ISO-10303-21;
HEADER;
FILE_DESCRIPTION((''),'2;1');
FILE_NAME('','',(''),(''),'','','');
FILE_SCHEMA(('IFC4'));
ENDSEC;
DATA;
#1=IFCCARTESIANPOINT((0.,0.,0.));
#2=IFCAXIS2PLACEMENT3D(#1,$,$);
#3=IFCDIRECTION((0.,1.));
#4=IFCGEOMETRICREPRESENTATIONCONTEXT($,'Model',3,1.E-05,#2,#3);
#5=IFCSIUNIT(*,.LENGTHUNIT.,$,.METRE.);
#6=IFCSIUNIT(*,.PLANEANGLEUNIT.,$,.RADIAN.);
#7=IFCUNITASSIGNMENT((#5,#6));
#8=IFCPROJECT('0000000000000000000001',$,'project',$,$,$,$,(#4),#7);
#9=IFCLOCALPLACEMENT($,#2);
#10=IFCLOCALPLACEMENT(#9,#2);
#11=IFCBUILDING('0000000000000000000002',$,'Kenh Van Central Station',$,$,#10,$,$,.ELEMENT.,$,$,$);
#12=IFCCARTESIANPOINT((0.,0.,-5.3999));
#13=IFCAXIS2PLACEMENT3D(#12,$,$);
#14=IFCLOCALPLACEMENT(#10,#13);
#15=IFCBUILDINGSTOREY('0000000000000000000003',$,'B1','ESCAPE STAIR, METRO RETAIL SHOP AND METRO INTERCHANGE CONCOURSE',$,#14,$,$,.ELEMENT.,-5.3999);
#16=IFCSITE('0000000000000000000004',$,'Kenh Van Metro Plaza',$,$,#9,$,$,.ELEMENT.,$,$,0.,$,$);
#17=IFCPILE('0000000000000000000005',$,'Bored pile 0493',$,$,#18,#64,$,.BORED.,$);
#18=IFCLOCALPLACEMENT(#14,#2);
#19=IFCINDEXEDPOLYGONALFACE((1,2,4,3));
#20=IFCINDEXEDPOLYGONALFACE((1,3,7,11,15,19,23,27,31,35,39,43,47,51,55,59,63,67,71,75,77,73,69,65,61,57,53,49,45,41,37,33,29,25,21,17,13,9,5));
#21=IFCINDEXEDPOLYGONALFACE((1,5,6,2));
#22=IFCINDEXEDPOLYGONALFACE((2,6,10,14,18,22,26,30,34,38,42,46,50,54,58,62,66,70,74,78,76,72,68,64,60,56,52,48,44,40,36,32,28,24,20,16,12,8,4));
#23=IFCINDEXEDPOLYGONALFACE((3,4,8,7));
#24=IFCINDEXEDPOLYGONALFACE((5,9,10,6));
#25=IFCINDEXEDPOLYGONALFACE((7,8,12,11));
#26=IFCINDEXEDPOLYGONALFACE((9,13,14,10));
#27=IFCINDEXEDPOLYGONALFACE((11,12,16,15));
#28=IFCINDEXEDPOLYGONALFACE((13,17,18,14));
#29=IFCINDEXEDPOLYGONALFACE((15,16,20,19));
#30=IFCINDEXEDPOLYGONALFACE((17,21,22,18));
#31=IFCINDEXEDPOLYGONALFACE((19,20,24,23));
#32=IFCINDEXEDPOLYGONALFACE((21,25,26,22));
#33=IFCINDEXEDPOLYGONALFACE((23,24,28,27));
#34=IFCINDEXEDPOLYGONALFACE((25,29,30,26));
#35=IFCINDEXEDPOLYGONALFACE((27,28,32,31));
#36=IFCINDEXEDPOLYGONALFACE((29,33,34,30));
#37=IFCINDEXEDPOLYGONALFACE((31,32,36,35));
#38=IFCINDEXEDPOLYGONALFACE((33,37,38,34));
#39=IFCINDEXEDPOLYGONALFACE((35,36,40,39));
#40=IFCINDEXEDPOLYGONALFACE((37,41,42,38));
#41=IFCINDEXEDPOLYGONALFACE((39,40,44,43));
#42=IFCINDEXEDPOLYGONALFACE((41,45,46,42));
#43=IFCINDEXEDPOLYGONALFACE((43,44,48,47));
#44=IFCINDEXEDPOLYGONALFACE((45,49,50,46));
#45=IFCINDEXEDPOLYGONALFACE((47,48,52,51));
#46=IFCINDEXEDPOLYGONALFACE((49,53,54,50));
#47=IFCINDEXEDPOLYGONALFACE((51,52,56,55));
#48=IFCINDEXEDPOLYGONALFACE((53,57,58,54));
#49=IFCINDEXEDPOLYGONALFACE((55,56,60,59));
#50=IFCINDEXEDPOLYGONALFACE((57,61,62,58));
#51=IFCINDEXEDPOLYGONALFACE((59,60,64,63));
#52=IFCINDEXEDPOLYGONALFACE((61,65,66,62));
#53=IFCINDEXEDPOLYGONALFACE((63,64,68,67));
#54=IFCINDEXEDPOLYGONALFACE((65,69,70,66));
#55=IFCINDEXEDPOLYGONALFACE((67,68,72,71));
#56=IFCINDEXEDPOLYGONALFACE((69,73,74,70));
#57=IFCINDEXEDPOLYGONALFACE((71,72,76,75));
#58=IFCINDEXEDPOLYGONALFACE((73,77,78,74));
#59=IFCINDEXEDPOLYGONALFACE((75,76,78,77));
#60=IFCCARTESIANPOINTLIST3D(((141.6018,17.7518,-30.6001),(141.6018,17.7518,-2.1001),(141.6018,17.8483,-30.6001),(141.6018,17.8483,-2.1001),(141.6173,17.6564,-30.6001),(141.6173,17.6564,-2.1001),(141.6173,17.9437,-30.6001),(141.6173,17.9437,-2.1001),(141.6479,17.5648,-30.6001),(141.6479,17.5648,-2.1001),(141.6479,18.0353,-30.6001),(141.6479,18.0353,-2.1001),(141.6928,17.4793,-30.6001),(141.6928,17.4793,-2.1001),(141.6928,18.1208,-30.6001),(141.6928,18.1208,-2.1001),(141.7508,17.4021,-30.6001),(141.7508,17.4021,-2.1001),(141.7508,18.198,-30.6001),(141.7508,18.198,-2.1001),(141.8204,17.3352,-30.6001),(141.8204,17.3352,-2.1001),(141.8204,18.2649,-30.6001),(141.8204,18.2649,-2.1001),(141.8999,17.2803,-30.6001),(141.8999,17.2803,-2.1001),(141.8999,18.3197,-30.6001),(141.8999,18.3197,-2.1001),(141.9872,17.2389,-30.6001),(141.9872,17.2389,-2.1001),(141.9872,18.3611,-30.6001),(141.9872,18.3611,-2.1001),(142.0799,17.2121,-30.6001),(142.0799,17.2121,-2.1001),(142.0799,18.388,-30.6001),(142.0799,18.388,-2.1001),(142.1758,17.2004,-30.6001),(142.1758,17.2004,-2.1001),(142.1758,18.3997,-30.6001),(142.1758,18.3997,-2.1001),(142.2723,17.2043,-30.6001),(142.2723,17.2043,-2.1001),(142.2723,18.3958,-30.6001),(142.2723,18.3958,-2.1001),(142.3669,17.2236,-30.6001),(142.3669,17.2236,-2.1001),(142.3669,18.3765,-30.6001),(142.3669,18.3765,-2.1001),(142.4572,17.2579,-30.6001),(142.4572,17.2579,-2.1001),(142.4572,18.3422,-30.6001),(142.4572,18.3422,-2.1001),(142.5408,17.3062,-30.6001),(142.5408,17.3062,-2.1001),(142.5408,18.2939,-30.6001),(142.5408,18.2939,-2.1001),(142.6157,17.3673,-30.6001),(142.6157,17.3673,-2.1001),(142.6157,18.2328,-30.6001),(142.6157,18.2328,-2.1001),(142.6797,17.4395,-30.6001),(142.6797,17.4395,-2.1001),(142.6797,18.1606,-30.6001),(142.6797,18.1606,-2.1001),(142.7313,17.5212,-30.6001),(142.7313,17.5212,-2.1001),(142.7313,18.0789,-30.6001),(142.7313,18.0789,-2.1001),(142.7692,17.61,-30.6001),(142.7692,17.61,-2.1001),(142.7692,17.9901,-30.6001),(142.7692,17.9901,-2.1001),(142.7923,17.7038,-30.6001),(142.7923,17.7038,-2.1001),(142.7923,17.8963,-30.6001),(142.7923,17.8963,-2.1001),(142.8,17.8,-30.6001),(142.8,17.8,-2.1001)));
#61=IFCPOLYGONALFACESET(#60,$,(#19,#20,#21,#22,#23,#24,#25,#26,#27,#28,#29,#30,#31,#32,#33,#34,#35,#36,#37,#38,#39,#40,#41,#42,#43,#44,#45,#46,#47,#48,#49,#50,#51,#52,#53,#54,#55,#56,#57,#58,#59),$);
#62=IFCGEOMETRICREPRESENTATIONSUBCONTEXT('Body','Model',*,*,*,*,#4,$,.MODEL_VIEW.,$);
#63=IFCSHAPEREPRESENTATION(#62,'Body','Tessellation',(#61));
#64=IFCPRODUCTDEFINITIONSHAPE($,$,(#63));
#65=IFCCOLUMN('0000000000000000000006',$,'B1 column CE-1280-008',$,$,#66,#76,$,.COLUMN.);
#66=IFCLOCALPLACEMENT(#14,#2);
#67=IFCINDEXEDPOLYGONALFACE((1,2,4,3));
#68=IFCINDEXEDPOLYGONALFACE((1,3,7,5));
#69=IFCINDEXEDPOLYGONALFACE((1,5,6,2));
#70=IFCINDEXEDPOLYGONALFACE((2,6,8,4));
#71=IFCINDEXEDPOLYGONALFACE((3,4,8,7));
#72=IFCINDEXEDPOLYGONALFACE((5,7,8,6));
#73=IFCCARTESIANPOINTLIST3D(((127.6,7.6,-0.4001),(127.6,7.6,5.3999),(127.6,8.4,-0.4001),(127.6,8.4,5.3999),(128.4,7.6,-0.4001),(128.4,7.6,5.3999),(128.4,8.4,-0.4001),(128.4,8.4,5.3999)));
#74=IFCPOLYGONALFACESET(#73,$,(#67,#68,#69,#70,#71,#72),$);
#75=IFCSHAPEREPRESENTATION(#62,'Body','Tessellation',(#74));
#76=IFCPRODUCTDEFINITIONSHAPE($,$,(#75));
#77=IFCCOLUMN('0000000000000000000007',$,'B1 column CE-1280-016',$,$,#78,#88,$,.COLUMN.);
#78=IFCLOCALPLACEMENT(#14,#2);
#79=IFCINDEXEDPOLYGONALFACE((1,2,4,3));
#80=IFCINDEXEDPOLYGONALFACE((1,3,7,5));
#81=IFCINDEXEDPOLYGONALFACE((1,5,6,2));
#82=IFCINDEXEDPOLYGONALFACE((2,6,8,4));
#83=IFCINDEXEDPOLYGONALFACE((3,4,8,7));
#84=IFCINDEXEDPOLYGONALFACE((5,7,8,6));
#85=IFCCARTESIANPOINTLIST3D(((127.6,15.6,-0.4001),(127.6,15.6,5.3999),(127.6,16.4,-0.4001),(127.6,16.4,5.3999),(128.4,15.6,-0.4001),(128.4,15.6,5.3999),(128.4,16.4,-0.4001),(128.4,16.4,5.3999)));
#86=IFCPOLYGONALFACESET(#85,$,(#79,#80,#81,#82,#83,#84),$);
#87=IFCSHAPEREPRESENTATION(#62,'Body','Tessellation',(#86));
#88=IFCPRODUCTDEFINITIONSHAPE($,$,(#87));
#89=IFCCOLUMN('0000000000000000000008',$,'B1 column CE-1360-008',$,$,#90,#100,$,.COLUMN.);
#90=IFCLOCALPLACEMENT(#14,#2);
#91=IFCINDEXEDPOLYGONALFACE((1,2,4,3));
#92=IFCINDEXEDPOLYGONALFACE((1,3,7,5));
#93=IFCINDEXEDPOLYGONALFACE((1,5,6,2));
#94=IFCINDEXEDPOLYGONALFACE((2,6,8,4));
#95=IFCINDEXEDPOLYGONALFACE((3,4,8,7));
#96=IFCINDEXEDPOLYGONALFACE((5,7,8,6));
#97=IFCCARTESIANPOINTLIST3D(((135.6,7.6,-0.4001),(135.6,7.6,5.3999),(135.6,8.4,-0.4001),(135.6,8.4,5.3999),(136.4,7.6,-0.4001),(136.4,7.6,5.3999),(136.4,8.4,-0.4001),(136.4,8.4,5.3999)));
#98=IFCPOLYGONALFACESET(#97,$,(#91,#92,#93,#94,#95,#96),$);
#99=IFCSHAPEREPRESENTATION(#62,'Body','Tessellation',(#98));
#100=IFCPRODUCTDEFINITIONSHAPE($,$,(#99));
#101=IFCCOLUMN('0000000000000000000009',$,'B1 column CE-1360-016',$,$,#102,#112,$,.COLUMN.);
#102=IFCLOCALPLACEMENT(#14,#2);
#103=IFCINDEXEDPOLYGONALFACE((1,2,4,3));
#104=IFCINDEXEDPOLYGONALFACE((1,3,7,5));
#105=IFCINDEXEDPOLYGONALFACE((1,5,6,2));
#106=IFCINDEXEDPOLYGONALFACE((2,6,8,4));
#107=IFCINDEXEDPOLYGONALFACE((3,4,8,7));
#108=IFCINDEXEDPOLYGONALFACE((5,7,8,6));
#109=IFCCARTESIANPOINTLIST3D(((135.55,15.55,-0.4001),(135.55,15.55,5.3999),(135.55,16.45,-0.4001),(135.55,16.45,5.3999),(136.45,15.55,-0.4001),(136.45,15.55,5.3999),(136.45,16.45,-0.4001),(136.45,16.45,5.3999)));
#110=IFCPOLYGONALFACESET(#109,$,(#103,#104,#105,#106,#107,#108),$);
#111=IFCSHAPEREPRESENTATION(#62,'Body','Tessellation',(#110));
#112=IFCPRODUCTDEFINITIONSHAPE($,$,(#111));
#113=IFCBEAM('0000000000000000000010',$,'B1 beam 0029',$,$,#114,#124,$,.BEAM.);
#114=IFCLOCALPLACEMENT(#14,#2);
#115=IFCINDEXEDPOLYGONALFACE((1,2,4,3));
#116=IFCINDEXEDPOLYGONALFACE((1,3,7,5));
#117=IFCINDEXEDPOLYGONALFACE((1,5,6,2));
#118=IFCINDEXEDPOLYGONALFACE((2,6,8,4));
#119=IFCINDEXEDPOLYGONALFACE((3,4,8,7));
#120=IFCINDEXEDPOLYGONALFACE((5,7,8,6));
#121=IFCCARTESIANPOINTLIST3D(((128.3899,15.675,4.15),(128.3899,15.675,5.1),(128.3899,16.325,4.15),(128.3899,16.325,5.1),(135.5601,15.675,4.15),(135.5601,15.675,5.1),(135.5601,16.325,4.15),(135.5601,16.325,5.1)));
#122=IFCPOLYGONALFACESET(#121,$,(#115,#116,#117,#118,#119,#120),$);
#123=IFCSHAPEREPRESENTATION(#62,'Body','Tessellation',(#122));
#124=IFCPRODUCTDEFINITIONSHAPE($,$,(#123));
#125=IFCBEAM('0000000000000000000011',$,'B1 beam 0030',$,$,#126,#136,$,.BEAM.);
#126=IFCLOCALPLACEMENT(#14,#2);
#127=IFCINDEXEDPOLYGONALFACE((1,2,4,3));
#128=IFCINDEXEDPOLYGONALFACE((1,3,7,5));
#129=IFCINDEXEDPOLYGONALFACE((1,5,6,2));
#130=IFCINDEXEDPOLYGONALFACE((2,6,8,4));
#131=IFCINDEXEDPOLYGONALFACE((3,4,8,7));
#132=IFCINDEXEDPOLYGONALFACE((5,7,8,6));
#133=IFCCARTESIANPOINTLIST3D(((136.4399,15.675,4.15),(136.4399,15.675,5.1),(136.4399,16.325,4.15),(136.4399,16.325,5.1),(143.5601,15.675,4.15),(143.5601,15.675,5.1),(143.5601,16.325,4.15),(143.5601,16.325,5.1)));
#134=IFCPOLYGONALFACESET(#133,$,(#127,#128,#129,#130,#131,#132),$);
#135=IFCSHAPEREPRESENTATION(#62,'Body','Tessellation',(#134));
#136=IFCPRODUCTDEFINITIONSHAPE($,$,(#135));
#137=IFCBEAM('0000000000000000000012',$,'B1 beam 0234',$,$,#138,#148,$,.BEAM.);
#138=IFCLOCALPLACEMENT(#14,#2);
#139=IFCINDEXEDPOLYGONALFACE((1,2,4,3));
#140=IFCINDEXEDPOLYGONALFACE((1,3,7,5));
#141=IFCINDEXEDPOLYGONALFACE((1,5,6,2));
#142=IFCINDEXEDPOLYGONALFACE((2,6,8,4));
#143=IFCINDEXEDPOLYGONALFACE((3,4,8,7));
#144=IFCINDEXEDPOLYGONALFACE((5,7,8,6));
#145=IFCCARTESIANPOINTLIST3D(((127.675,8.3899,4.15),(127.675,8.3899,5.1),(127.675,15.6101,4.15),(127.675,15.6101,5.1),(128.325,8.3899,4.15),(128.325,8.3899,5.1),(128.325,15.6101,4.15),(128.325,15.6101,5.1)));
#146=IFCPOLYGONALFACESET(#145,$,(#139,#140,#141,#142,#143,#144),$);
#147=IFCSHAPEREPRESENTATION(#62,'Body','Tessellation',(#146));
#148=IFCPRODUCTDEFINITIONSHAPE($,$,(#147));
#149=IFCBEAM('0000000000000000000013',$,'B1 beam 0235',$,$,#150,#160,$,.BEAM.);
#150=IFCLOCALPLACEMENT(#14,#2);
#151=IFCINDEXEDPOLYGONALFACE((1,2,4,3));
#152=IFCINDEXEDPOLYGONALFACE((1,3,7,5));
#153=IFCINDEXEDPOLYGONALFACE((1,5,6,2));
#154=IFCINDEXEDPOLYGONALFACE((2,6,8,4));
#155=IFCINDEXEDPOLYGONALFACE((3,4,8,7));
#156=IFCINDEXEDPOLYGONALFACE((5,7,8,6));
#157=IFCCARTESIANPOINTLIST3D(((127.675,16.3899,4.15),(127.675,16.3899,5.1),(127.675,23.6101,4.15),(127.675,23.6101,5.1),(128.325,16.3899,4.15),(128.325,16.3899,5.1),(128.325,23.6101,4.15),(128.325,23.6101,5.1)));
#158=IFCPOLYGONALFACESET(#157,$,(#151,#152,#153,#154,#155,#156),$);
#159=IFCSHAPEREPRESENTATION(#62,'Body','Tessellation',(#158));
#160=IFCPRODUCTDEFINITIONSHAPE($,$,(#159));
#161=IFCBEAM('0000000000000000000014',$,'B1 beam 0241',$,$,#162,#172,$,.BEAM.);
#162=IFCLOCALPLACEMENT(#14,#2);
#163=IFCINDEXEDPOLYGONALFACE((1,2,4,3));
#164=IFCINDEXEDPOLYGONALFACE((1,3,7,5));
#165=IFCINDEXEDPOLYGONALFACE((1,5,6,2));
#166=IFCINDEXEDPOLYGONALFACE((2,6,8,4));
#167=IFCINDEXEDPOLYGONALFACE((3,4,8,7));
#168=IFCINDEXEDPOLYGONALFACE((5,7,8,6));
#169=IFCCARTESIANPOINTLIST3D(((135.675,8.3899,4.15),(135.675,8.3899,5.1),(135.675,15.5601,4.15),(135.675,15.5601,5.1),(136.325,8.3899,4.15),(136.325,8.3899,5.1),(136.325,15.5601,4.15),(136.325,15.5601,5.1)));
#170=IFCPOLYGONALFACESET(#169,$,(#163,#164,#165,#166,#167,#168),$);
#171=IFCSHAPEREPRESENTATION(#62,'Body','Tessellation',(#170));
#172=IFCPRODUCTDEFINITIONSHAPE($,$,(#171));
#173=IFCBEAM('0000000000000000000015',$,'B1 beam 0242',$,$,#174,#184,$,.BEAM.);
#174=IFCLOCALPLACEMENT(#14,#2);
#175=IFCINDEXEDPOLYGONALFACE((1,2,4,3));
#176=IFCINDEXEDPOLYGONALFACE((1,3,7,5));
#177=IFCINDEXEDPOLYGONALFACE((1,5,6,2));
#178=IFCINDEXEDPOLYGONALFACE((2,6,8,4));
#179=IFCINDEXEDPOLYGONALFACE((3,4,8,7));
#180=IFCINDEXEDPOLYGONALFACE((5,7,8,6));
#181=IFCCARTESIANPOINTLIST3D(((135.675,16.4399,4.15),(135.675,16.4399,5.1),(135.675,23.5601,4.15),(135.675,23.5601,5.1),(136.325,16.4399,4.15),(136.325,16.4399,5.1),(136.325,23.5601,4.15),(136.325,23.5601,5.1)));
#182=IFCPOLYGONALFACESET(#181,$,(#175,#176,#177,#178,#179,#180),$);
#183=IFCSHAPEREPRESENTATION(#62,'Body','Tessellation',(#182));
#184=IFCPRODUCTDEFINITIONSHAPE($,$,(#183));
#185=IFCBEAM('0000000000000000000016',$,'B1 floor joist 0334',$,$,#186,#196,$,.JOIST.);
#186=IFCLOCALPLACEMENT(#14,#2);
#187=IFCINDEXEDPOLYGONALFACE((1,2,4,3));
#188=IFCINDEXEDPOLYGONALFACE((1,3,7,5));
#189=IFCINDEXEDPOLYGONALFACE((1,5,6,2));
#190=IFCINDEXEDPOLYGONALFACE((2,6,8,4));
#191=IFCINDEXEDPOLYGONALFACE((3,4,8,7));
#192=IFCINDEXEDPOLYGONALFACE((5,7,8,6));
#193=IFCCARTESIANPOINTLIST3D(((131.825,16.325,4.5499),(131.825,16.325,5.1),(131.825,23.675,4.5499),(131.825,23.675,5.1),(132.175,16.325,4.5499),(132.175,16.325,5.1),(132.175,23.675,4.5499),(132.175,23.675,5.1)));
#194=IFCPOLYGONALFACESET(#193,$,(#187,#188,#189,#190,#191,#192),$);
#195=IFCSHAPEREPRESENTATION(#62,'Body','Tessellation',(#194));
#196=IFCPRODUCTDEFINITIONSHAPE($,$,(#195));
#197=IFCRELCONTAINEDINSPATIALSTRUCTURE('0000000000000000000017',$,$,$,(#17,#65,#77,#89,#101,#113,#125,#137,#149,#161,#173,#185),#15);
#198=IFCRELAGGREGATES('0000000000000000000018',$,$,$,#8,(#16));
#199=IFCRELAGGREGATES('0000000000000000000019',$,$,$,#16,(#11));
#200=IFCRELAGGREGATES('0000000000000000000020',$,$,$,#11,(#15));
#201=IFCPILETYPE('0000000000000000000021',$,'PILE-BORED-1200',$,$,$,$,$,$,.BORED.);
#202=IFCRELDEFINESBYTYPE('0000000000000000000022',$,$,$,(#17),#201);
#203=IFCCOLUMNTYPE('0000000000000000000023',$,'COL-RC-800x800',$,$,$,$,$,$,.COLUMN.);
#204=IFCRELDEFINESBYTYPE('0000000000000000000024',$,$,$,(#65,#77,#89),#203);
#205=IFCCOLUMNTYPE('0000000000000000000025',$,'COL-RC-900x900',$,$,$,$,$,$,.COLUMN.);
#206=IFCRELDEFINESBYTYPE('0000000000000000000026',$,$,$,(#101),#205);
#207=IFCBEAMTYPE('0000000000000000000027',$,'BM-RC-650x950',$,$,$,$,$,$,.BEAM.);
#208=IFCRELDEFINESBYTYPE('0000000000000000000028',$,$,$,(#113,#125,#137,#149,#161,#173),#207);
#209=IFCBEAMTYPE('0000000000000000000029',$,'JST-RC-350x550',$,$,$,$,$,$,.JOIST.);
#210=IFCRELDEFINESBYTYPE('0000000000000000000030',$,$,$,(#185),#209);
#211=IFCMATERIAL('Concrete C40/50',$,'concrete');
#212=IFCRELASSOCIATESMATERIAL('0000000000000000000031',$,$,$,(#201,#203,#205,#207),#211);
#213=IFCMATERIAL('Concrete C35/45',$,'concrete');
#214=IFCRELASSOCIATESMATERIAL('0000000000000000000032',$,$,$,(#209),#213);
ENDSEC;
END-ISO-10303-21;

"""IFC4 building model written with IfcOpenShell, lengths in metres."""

from ifc_helpers import new_model, si_unit, direction, frame, origin, origin_2d, place, context, subcontext, project, spatial, rectangle, circle, extrude, material, material_profile, profile_set, type_object, element, save


model = new_model("IFC4")

# Units and contexts
model_context = context("Model", 3, precision=1e-05, world=origin(), true_north=direction((0.0, 1.0)))
body_context = subcontext(model_context, "Body", "Model", "MODEL_VIEW")
ifc_project = project(units=[si_unit("LENGTHUNIT", "METRE"), si_unit("PLANEANGLEUNIT", "RADIAN")], contexts=[model_context])

# Site, building, storey
site_placement = place(None, origin())
site = spatial("IfcSite", under=ifc_project, at=site_placement, Name="Kenh Van Metro Plaza", CompositionType="ELEMENT", RefElevation=0.0)
building_placement = place(site_placement, origin())
building = spatial("IfcBuilding", under=site, at=building_placement, Name="Kenh Van Central Station", CompositionType="ELEMENT")
storey_placement = place(building_placement, frame((0.0, 0.0, -5.3999)))
storey = spatial("IfcBuildingStorey", under=building, at=storey_placement, Name="B1", Description="ESCAPE STAIR, METRO RETAIL SHOP AND METRO INTERCHANGE CONCOURSE", CompositionType="ELEMENT", Elevation=-5.3999)

# Shared definitions
ifc_material_1 = material(Name="Concrete C40/50", Category="concrete")

# Pile
ifc_material_profile_1 = material_profile(ifc_material_1, circle(Radius=0.6001, at=origin_2d()), Name="PILE D1200")
ifc_profile_set_1 = profile_set([ifc_material_profile_1], Name="Concrete C40/50")
pile_type_1 = type_object("IfcPileType", Name="PILE-BORED-1200", PredefinedType="BORED", material=ifc_profile_set_1)
for number, where, z_axis, x_axis, name in (
    (1, (142.2, 17.8, -2.1001), (0.0, 0.0, -1.0), (1.0, 0.0, 0.0), "Bored pile 0493"),
):
    element("IfcPile", number, at=place(storey_placement, frame(where, z_axis=z_axis, x_axis=x_axis)), inside=storey, type_object=pile_type_1, Name=name, PredefinedType="BORED", context=body_context, shape_type="SweptSolid", body=[
        extrude(circle(Radius=0.6001, at=origin_2d()), origin(), (0.0, 0.0, 1.0), 28.5),
    ])

# Columns
ifc_material_profile_2 = material_profile(ifc_material_1, rectangle(XDim=0.8, YDim=0.8, at=origin_2d()), Name="RC 800x800")
ifc_profile_set_2 = profile_set([ifc_material_profile_2], Name="Concrete C40/50")
column_type_1 = type_object("IfcColumnType", Name="COL-RC-800x800", PredefinedType="COLUMN", material=ifc_profile_set_2)
for number, where, z_axis, x_axis, name in (
    (2, (128.0, 8.0, -0.4001), (0.0, 0.0, 1.0), (1.0, 0.0, 0.0), "B1 column CE-1280-008"),
    (3, (128.0, 16.0, -0.4001), (0.0, 0.0, 1.0), (1.0, 0.0, 0.0), "B1 column CE-1280-016"),
    (4, (136.0, 8.0, -0.4001), (0.0, 0.0, 1.0), (1.0, 0.0, 0.0), "B1 column CE-1360-008"),
):
    element("IfcColumn", number, at=place(storey_placement, frame(where, z_axis=z_axis, x_axis=x_axis)), inside=storey, type_object=column_type_1, Name=name, PredefinedType="COLUMN", context=body_context, shape_type="SweptSolid", body=[
        extrude(rectangle(XDim=0.8, YDim=0.8, at=origin_2d()), origin(), (0.0, 0.0, 1.0), 5.8),
    ])
ifc_material_profile_3 = material_profile(ifc_material_1, rectangle(XDim=0.8999, YDim=0.8999, at=origin_2d()), Name="RC 900x900")
ifc_profile_set_3 = profile_set([ifc_material_profile_3], Name="Concrete C40/50")
column_type_2 = type_object("IfcColumnType", Name="COL-RC-900x900", PredefinedType="COLUMN", material=ifc_profile_set_3)
column_placement = place(storey_placement, frame((136.0, 16.0, -0.4001), z_axis=(0.0, 0.0, 1.0), x_axis=(1.0, 0.0, 0.0)))
element("IfcColumn", 5, at=column_placement, inside=storey, type_object=column_type_2, Name="B1 column CE-1360-016", PredefinedType="COLUMN", context=body_context, shape_type="SweptSolid", body=[
    extrude(rectangle(XDim=0.8999, YDim=0.8999, at=origin_2d()), origin(), (0.0, 0.0, 1.0), 5.8),
])

# Beams
ifc_material_profile_4 = material_profile(ifc_material_1, rectangle(XDim=0.6499, YDim=0.95, at=origin_2d()), Name="RC 650x950")
ifc_profile_set_4 = profile_set([ifc_material_profile_4], Name="Concrete C40/50")
beam_type_1 = type_object("IfcBeamType", Name="BM-RC-650x950", PredefinedType="BEAM", material=ifc_profile_set_4)
beam_1_placement = place(storey_placement, frame((128.3899, 16.0, 4.625), z_axis=(1.0, 0.0, 0.0), x_axis=(0.0, 1.0, 0.0)))
element("IfcBeam", 6, at=beam_1_placement, inside=storey, type_object=beam_type_1, Name="B1 beam 0029", PredefinedType="BEAM", context=body_context, shape_type="SweptSolid", body=[
    extrude(rectangle(XDim=0.6499, YDim=0.95, at=origin_2d()), origin(), (0.0, 0.0, 1.0), 7.1702),
])
beam_2_placement = place(storey_placement, frame((136.4399, 16.0, 4.625), z_axis=(1.0, 0.0, 0.0), x_axis=(0.0, 1.0, 0.0)))
element("IfcBeam", 7, at=beam_2_placement, inside=storey, type_object=beam_type_1, Name="B1 beam 0030", PredefinedType="BEAM", context=body_context, shape_type="SweptSolid", body=[
    extrude(rectangle(XDim=0.6499, YDim=0.95, at=origin_2d()), origin(), (0.0, 0.0, 1.0), 7.1201),
])
for number, where, z_axis, x_axis, name in (
    (8, (128.0, 8.3899, 4.625), (0.0, 1.0, 0.0), (-1.0, 0.0, 0.0), "B1 beam 0234"),
    (9, (128.0, 16.3899, 4.625), (0.0, 1.0, 0.0), (-1.0, 0.0, 0.0), "B1 beam 0235"),
):
    element("IfcBeam", number, at=place(storey_placement, frame(where, z_axis=z_axis, x_axis=x_axis)), inside=storey, type_object=beam_type_1, Name=name, PredefinedType="BEAM", context=body_context, shape_type="SweptSolid", body=[
        extrude(rectangle(XDim=0.6499, YDim=0.95, at=origin_2d()), origin(), (0.0, 0.0, 1.0), 7.2202),
    ])
beam_3_placement = place(storey_placement, frame((136.0, 8.3899, 4.625), z_axis=(0.0, 1.0, 0.0), x_axis=(-1.0, 0.0, 0.0)))
element("IfcBeam", 10, at=beam_3_placement, inside=storey, type_object=beam_type_1, Name="B1 beam 0241", PredefinedType="BEAM", context=body_context, shape_type="SweptSolid", body=[
    extrude(rectangle(XDim=0.6499, YDim=0.95, at=origin_2d()), origin(), (0.0, 0.0, 1.0), 7.1702),
])
beam_4_placement = place(storey_placement, frame((136.0, 16.4399, 4.625), z_axis=(0.0, 1.0, 0.0), x_axis=(-1.0, 0.0, 0.0)))
element("IfcBeam", 11, at=beam_4_placement, inside=storey, type_object=beam_type_1, Name="B1 beam 0242", PredefinedType="BEAM", context=body_context, shape_type="SweptSolid", body=[
    extrude(rectangle(XDim=0.6499, YDim=0.95, at=origin_2d()), origin(), (0.0, 0.0, 1.0), 7.1201),
])
ifc_material_2 = material(Name="Concrete C35/45", Category="concrete")
ifc_material_profile_5 = material_profile(ifc_material_2, rectangle(XDim=0.3501, YDim=0.55, at=origin_2d()), Name="RC 350x550")
ifc_profile_set_5 = profile_set([ifc_material_profile_5], Name="Concrete C35/45")
beam_type_2 = type_object("IfcBeamType", Name="JST-RC-350x550", PredefinedType="JOIST", material=ifc_profile_set_5)
beam_5_placement = place(storey_placement, frame((132.0, 16.325, 4.825), z_axis=(0.0, 1.0, 0.0), x_axis=(-1.0, 0.0, 0.0)))
element("IfcBeam", 12, at=beam_5_placement, inside=storey, type_object=beam_type_2, Name="B1 floor joist 0334", PredefinedType="JOIST", context=body_context, shape_type="SweptSolid", body=[
    extrude(rectangle(XDim=0.3501, YDim=0.55, at=origin_2d()), origin(), (0.0, 0.0, 1.0), 7.3501),
])

save(model, "model.ifc")
